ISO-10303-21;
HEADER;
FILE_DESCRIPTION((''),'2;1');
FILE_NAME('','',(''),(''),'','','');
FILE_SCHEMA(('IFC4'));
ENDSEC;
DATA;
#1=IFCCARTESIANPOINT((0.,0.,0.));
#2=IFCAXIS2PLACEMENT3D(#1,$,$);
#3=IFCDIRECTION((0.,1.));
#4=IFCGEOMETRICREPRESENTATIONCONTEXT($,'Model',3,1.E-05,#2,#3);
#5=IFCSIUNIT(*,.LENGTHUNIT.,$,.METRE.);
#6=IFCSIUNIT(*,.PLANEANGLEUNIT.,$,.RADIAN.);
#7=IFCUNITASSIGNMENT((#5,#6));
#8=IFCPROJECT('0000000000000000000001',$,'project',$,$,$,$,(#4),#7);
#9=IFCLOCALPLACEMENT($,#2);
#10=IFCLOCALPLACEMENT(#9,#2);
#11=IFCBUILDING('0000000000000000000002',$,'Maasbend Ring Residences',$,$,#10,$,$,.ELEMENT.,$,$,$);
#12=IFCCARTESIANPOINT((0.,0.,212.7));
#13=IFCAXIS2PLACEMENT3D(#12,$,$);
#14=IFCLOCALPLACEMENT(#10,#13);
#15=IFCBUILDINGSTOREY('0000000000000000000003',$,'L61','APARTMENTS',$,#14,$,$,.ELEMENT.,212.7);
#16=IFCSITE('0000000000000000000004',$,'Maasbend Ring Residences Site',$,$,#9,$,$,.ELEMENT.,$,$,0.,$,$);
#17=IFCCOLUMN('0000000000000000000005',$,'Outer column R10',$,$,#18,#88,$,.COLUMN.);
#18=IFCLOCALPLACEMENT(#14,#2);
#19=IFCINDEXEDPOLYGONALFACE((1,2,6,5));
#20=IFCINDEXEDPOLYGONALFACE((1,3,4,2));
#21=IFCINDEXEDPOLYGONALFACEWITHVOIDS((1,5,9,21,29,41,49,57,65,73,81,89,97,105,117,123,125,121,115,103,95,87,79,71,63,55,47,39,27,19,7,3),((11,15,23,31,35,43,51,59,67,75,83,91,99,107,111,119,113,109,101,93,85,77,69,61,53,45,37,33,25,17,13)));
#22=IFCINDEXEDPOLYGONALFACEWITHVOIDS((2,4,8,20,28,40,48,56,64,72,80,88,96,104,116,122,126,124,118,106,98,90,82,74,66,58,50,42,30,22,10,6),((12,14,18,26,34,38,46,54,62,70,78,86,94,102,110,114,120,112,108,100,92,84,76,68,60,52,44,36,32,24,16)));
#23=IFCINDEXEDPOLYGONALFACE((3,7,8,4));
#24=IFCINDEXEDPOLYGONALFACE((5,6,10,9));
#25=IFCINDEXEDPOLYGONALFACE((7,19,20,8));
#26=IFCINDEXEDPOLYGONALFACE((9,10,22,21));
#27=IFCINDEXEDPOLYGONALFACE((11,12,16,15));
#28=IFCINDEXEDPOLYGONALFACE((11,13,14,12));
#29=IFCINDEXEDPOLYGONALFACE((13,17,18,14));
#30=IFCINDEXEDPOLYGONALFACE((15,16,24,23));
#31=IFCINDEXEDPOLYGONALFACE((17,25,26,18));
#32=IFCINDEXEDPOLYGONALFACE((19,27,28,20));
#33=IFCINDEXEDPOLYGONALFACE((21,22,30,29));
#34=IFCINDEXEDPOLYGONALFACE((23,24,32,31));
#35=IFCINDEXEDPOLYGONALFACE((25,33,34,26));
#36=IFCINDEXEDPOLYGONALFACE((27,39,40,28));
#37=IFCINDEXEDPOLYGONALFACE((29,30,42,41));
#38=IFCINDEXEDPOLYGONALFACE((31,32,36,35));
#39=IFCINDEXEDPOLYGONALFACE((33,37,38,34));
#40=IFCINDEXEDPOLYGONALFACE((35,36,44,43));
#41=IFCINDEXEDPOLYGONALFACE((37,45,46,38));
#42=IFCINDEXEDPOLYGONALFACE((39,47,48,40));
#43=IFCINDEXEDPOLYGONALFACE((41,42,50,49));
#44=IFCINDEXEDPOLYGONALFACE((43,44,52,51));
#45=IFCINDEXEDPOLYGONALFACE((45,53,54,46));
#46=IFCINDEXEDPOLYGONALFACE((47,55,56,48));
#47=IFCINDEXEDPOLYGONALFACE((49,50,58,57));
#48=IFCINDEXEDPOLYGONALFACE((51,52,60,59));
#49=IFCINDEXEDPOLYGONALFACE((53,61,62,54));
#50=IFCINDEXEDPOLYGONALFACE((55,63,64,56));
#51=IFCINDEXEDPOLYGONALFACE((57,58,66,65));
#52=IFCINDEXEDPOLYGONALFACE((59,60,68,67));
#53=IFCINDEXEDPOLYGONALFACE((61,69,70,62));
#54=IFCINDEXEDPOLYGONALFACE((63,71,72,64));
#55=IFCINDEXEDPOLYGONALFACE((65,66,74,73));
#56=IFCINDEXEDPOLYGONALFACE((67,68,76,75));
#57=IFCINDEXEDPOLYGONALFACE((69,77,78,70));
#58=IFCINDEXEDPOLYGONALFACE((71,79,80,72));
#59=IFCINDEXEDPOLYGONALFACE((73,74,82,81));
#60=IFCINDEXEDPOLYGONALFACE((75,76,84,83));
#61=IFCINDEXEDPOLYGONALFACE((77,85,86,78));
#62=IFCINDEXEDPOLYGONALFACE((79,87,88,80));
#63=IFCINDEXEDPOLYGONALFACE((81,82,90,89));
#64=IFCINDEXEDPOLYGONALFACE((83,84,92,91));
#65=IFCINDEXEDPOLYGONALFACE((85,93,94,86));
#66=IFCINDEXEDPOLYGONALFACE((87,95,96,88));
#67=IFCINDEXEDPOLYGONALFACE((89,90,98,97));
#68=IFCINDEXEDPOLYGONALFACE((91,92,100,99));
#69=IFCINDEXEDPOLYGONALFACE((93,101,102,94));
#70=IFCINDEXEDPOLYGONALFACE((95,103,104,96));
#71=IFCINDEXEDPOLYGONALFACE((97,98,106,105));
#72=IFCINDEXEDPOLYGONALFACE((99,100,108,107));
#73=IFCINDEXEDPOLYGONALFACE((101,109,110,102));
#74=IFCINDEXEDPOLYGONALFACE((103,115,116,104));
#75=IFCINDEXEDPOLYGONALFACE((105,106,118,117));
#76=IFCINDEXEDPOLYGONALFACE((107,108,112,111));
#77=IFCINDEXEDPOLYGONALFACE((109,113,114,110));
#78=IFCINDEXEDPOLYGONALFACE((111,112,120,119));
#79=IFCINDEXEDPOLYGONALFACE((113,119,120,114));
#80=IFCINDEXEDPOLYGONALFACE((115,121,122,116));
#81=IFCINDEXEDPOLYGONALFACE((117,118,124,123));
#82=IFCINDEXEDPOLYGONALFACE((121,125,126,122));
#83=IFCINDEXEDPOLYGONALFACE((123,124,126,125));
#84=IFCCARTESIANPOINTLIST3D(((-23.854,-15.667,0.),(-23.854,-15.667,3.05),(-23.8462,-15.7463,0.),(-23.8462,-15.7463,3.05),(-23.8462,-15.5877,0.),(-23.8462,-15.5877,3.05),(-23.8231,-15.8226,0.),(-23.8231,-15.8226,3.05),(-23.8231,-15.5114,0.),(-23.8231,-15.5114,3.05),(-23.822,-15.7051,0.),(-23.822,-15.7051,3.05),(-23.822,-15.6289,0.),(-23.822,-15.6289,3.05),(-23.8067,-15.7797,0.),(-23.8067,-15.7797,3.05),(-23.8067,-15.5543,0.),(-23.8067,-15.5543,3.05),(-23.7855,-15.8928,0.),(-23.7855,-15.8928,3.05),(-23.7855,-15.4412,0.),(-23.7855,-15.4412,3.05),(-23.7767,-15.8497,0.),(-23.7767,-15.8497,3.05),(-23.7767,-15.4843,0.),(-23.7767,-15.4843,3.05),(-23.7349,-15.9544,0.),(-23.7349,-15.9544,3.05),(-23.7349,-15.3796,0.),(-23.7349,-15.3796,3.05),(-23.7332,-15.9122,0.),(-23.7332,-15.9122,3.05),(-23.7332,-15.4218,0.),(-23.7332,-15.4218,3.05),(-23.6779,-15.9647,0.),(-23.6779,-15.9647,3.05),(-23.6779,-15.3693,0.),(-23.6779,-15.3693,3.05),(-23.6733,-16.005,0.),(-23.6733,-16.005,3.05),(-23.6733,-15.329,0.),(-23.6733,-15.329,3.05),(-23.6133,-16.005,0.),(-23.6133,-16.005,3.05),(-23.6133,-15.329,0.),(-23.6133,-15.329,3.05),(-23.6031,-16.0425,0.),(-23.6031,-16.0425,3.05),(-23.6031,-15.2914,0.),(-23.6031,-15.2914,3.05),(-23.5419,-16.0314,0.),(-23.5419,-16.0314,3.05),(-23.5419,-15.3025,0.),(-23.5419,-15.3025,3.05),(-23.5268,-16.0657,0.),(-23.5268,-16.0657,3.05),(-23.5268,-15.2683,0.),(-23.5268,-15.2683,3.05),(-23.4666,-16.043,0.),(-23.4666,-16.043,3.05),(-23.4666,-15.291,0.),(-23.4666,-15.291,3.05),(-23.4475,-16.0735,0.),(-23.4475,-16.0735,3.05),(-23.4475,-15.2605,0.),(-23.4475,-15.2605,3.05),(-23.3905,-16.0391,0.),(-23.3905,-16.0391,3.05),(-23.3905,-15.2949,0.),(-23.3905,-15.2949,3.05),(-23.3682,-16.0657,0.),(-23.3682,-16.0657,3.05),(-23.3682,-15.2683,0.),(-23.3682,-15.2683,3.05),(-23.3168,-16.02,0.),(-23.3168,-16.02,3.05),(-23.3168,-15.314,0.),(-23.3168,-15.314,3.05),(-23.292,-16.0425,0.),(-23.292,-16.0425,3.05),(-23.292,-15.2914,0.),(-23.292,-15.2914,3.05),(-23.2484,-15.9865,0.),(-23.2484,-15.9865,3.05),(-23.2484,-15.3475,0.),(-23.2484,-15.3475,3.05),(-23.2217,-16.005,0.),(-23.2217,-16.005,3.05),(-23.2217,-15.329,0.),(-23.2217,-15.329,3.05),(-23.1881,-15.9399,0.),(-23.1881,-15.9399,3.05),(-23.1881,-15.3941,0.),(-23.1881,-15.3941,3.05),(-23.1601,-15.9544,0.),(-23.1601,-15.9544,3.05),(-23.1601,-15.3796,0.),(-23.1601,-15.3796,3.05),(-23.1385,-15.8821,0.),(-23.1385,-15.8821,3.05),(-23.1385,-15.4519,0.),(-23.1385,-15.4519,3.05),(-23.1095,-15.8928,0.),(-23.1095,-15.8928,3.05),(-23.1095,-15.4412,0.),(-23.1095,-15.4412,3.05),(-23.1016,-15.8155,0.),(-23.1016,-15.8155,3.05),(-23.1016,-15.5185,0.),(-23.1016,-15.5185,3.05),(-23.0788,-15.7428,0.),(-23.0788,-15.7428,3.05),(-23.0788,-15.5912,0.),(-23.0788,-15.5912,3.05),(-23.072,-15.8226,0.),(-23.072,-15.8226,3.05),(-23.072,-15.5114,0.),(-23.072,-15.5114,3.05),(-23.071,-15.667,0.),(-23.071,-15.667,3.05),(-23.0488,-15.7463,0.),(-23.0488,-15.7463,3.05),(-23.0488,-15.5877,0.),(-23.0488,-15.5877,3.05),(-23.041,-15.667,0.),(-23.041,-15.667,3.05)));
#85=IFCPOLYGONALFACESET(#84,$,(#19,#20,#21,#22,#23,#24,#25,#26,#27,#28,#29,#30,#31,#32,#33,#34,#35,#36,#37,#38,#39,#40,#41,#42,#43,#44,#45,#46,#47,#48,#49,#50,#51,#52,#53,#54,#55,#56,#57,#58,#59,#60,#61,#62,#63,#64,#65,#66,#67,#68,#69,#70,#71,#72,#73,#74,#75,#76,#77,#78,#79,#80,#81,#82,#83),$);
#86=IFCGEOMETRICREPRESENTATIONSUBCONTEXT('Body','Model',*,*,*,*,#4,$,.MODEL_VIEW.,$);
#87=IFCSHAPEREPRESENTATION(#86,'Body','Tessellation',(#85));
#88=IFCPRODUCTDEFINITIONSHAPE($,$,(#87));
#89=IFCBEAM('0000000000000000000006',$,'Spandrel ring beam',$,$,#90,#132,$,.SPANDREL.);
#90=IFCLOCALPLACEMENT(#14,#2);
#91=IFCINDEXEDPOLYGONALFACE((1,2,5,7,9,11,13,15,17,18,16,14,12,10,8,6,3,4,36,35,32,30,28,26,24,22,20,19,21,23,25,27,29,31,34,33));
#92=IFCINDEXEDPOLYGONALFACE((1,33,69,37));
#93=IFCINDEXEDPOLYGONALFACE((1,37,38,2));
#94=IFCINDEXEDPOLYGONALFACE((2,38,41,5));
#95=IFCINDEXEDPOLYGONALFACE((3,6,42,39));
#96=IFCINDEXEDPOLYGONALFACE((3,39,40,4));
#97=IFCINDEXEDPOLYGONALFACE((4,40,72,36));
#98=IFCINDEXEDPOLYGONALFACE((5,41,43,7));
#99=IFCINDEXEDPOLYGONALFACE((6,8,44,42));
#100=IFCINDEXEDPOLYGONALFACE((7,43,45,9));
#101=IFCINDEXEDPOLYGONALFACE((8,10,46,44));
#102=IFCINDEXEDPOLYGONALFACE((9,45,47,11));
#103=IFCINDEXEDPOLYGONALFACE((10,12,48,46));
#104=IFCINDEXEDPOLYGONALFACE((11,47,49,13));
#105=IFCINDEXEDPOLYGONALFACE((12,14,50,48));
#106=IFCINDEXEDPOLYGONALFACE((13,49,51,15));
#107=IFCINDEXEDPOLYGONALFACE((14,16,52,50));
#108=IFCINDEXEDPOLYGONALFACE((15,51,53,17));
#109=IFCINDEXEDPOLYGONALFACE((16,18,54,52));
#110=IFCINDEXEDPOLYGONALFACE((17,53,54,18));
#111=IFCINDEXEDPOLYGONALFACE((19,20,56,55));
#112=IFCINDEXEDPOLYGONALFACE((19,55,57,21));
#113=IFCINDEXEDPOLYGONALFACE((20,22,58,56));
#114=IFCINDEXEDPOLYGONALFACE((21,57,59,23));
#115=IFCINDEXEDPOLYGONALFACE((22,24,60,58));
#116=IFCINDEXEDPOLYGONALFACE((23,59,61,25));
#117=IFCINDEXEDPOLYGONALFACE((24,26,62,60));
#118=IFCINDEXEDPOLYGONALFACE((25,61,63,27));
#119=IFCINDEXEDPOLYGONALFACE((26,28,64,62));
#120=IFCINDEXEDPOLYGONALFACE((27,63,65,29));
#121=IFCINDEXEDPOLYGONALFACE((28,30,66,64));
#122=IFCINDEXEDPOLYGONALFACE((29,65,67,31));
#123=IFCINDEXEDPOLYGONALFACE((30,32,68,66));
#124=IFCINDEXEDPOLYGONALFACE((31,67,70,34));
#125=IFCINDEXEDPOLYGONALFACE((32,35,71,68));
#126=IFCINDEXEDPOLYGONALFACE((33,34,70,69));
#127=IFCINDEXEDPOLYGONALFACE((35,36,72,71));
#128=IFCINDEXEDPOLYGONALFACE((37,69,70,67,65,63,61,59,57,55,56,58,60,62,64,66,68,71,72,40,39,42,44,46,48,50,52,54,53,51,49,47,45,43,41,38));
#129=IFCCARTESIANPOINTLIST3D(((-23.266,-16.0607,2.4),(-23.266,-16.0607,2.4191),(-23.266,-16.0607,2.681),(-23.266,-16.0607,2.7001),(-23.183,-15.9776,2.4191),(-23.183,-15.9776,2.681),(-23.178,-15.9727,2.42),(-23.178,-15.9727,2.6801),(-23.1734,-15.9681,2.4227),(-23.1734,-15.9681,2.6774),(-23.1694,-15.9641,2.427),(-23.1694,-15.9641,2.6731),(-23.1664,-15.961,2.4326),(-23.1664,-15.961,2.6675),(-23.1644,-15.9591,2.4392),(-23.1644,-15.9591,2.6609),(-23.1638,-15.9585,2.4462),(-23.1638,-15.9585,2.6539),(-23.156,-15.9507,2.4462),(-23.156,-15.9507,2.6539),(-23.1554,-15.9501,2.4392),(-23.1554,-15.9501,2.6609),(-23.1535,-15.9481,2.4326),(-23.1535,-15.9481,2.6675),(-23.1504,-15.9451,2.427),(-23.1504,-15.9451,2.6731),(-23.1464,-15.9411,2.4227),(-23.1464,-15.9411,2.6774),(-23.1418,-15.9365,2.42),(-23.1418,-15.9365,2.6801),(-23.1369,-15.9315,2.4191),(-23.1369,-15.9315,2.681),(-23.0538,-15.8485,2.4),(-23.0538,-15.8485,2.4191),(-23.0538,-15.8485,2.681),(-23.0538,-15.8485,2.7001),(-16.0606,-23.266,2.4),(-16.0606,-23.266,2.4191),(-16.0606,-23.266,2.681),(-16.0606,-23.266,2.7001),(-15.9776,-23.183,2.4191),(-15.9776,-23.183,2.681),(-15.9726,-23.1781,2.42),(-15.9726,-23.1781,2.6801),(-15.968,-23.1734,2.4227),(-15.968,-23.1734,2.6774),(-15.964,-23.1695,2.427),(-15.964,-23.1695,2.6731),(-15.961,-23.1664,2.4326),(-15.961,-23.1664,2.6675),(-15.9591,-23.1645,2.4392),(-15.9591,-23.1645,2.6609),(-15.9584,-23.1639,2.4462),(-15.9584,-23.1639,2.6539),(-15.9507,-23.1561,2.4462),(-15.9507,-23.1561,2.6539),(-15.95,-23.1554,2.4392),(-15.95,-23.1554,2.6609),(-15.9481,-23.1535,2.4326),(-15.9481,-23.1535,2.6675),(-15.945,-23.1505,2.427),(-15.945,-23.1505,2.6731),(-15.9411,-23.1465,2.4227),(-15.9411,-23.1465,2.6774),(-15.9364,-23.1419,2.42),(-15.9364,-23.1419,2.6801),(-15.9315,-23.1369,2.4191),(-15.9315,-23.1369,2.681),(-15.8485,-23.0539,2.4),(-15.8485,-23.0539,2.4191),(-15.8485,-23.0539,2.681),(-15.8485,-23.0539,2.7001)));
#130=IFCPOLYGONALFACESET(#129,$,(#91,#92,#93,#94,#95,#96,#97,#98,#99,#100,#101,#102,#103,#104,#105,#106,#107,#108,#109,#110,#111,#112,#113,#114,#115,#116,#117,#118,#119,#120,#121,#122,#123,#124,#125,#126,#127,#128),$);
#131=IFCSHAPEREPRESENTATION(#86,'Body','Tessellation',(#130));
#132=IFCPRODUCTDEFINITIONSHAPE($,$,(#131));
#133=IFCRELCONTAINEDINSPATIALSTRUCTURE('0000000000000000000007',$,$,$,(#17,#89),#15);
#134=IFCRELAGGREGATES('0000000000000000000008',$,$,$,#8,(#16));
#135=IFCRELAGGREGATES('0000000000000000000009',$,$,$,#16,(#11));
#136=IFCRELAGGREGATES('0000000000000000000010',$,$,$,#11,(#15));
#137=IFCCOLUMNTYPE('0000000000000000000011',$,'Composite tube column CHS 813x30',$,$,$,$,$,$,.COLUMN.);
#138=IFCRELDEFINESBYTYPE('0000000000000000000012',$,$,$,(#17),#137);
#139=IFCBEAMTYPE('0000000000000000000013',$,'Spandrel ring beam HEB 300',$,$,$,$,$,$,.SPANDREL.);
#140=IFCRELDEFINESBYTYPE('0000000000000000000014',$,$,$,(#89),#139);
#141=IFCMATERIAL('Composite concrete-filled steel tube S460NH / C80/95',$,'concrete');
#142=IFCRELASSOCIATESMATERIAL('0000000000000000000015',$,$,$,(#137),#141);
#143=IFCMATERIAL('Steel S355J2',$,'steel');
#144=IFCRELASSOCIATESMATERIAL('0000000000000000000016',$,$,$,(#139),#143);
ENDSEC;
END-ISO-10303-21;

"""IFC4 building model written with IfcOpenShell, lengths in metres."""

from ifc_helpers import new_model, si_unit, direction, frame, origin, origin_2d, place, context, subcontext, project, spatial, hollow_circle, i_section, extrude, material, material_profile, profile_set, type_object, element, save


model = new_model("IFC4")

# Units and contexts
model_context = context("Model", 3, precision=1e-05, world=origin(), true_north=direction((0.0, 1.0)))
body_context = subcontext(model_context, "Body", "Model", "MODEL_VIEW")
ifc_project = project(units=[si_unit("LENGTHUNIT", "METRE"), si_unit("PLANEANGLEUNIT", "RADIAN")], contexts=[model_context])

# Site, building, storey
site_placement = place(None, origin())
site = spatial("IfcSite", under=ifc_project, at=site_placement, Name="Maasbend Ring Residences Site", CompositionType="ELEMENT", RefElevation=0.0)
building_placement = place(site_placement, origin())
building = spatial("IfcBuilding", under=site, at=building_placement, Name="Maasbend Ring Residences", CompositionType="ELEMENT")
storey_placement = place(building_placement, frame((0.0, 0.0, 212.7)))
storey = spatial("IfcBuildingStorey", under=building, at=storey_placement, Name="L61", Description="APARTMENTS", CompositionType="ELEMENT", Elevation=212.7)

# Column
ifc_material_1 = material(Name="Composite concrete-filled steel tube S460NH / C80/95", Category="concrete")
ifc_material_profile_1 = material_profile(ifc_material_1, hollow_circle(Radius=0.4065, WallThickness=0.03, at=origin_2d()), Name="Composite tube column CHS 813x30")
ifc_profile_set_1 = profile_set([ifc_material_profile_1], Name="Composite concrete-filled steel tube S460NH / C80/95")
column_type = type_object("IfcColumnType", Name="Composite tube column CHS 813x30", PredefinedType="COLUMN", material=ifc_profile_set_1)
column_placement = place(storey_placement, frame((-23.4475, -15.667, 0.0), z_axis=(0.0, 0.0, 1.0), x_axis=(1.0, 0.0, 0.0)))
element("IfcColumn", 1, at=column_placement, inside=storey, type_object=column_type, Name="Outer column R10", PredefinedType="COLUMN", context=body_context, shape_type="SweptSolid", body=[
    extrude(hollow_circle(Radius=0.4065, WallThickness=0.03, at=origin_2d()), origin(), (0.0, 0.0, 1.0), 3.05),
])

# Beam
ifc_material_2 = material(Name="Steel S355J2", Category="steel")
ifc_material_profile_2 = material_profile(ifc_material_2, i_section(OverallWidth=0.3, OverallDepth=0.3, WebThickness=0.011, FlangeThickness=0.019, FilletRadius=0.0271, at=origin_2d()), Name="HEB 300")
ifc_profile_set_2 = profile_set([ifc_material_profile_2], Name="Steel S355J2")
beam_type = type_object("IfcBeamType", Name="Spandrel ring beam HEB 300", PredefinedType="SPANDREL", material=ifc_profile_set_2)
beam_placement = place(storey_placement, frame((-23.1599, -15.9546, 2.55), z_axis=(0.707107, -0.707107, 0.0), x_axis=(0.707107, 0.707107, 0.0)))
element("IfcBeam", 2, at=beam_placement, inside=storey, type_object=beam_type, Name="Spandrel ring beam", PredefinedType="SPANDREL", context=body_context, shape_type="SweptSolid", body=[
    extrude(i_section(OverallWidth=0.3, OverallDepth=0.3, WebThickness=0.011, FlangeThickness=0.019, FilletRadius=0.0271, at=origin_2d()), origin(), (0.0, 0.0, 1.0), 10.1899),
])

save(model, "model.ifc")
